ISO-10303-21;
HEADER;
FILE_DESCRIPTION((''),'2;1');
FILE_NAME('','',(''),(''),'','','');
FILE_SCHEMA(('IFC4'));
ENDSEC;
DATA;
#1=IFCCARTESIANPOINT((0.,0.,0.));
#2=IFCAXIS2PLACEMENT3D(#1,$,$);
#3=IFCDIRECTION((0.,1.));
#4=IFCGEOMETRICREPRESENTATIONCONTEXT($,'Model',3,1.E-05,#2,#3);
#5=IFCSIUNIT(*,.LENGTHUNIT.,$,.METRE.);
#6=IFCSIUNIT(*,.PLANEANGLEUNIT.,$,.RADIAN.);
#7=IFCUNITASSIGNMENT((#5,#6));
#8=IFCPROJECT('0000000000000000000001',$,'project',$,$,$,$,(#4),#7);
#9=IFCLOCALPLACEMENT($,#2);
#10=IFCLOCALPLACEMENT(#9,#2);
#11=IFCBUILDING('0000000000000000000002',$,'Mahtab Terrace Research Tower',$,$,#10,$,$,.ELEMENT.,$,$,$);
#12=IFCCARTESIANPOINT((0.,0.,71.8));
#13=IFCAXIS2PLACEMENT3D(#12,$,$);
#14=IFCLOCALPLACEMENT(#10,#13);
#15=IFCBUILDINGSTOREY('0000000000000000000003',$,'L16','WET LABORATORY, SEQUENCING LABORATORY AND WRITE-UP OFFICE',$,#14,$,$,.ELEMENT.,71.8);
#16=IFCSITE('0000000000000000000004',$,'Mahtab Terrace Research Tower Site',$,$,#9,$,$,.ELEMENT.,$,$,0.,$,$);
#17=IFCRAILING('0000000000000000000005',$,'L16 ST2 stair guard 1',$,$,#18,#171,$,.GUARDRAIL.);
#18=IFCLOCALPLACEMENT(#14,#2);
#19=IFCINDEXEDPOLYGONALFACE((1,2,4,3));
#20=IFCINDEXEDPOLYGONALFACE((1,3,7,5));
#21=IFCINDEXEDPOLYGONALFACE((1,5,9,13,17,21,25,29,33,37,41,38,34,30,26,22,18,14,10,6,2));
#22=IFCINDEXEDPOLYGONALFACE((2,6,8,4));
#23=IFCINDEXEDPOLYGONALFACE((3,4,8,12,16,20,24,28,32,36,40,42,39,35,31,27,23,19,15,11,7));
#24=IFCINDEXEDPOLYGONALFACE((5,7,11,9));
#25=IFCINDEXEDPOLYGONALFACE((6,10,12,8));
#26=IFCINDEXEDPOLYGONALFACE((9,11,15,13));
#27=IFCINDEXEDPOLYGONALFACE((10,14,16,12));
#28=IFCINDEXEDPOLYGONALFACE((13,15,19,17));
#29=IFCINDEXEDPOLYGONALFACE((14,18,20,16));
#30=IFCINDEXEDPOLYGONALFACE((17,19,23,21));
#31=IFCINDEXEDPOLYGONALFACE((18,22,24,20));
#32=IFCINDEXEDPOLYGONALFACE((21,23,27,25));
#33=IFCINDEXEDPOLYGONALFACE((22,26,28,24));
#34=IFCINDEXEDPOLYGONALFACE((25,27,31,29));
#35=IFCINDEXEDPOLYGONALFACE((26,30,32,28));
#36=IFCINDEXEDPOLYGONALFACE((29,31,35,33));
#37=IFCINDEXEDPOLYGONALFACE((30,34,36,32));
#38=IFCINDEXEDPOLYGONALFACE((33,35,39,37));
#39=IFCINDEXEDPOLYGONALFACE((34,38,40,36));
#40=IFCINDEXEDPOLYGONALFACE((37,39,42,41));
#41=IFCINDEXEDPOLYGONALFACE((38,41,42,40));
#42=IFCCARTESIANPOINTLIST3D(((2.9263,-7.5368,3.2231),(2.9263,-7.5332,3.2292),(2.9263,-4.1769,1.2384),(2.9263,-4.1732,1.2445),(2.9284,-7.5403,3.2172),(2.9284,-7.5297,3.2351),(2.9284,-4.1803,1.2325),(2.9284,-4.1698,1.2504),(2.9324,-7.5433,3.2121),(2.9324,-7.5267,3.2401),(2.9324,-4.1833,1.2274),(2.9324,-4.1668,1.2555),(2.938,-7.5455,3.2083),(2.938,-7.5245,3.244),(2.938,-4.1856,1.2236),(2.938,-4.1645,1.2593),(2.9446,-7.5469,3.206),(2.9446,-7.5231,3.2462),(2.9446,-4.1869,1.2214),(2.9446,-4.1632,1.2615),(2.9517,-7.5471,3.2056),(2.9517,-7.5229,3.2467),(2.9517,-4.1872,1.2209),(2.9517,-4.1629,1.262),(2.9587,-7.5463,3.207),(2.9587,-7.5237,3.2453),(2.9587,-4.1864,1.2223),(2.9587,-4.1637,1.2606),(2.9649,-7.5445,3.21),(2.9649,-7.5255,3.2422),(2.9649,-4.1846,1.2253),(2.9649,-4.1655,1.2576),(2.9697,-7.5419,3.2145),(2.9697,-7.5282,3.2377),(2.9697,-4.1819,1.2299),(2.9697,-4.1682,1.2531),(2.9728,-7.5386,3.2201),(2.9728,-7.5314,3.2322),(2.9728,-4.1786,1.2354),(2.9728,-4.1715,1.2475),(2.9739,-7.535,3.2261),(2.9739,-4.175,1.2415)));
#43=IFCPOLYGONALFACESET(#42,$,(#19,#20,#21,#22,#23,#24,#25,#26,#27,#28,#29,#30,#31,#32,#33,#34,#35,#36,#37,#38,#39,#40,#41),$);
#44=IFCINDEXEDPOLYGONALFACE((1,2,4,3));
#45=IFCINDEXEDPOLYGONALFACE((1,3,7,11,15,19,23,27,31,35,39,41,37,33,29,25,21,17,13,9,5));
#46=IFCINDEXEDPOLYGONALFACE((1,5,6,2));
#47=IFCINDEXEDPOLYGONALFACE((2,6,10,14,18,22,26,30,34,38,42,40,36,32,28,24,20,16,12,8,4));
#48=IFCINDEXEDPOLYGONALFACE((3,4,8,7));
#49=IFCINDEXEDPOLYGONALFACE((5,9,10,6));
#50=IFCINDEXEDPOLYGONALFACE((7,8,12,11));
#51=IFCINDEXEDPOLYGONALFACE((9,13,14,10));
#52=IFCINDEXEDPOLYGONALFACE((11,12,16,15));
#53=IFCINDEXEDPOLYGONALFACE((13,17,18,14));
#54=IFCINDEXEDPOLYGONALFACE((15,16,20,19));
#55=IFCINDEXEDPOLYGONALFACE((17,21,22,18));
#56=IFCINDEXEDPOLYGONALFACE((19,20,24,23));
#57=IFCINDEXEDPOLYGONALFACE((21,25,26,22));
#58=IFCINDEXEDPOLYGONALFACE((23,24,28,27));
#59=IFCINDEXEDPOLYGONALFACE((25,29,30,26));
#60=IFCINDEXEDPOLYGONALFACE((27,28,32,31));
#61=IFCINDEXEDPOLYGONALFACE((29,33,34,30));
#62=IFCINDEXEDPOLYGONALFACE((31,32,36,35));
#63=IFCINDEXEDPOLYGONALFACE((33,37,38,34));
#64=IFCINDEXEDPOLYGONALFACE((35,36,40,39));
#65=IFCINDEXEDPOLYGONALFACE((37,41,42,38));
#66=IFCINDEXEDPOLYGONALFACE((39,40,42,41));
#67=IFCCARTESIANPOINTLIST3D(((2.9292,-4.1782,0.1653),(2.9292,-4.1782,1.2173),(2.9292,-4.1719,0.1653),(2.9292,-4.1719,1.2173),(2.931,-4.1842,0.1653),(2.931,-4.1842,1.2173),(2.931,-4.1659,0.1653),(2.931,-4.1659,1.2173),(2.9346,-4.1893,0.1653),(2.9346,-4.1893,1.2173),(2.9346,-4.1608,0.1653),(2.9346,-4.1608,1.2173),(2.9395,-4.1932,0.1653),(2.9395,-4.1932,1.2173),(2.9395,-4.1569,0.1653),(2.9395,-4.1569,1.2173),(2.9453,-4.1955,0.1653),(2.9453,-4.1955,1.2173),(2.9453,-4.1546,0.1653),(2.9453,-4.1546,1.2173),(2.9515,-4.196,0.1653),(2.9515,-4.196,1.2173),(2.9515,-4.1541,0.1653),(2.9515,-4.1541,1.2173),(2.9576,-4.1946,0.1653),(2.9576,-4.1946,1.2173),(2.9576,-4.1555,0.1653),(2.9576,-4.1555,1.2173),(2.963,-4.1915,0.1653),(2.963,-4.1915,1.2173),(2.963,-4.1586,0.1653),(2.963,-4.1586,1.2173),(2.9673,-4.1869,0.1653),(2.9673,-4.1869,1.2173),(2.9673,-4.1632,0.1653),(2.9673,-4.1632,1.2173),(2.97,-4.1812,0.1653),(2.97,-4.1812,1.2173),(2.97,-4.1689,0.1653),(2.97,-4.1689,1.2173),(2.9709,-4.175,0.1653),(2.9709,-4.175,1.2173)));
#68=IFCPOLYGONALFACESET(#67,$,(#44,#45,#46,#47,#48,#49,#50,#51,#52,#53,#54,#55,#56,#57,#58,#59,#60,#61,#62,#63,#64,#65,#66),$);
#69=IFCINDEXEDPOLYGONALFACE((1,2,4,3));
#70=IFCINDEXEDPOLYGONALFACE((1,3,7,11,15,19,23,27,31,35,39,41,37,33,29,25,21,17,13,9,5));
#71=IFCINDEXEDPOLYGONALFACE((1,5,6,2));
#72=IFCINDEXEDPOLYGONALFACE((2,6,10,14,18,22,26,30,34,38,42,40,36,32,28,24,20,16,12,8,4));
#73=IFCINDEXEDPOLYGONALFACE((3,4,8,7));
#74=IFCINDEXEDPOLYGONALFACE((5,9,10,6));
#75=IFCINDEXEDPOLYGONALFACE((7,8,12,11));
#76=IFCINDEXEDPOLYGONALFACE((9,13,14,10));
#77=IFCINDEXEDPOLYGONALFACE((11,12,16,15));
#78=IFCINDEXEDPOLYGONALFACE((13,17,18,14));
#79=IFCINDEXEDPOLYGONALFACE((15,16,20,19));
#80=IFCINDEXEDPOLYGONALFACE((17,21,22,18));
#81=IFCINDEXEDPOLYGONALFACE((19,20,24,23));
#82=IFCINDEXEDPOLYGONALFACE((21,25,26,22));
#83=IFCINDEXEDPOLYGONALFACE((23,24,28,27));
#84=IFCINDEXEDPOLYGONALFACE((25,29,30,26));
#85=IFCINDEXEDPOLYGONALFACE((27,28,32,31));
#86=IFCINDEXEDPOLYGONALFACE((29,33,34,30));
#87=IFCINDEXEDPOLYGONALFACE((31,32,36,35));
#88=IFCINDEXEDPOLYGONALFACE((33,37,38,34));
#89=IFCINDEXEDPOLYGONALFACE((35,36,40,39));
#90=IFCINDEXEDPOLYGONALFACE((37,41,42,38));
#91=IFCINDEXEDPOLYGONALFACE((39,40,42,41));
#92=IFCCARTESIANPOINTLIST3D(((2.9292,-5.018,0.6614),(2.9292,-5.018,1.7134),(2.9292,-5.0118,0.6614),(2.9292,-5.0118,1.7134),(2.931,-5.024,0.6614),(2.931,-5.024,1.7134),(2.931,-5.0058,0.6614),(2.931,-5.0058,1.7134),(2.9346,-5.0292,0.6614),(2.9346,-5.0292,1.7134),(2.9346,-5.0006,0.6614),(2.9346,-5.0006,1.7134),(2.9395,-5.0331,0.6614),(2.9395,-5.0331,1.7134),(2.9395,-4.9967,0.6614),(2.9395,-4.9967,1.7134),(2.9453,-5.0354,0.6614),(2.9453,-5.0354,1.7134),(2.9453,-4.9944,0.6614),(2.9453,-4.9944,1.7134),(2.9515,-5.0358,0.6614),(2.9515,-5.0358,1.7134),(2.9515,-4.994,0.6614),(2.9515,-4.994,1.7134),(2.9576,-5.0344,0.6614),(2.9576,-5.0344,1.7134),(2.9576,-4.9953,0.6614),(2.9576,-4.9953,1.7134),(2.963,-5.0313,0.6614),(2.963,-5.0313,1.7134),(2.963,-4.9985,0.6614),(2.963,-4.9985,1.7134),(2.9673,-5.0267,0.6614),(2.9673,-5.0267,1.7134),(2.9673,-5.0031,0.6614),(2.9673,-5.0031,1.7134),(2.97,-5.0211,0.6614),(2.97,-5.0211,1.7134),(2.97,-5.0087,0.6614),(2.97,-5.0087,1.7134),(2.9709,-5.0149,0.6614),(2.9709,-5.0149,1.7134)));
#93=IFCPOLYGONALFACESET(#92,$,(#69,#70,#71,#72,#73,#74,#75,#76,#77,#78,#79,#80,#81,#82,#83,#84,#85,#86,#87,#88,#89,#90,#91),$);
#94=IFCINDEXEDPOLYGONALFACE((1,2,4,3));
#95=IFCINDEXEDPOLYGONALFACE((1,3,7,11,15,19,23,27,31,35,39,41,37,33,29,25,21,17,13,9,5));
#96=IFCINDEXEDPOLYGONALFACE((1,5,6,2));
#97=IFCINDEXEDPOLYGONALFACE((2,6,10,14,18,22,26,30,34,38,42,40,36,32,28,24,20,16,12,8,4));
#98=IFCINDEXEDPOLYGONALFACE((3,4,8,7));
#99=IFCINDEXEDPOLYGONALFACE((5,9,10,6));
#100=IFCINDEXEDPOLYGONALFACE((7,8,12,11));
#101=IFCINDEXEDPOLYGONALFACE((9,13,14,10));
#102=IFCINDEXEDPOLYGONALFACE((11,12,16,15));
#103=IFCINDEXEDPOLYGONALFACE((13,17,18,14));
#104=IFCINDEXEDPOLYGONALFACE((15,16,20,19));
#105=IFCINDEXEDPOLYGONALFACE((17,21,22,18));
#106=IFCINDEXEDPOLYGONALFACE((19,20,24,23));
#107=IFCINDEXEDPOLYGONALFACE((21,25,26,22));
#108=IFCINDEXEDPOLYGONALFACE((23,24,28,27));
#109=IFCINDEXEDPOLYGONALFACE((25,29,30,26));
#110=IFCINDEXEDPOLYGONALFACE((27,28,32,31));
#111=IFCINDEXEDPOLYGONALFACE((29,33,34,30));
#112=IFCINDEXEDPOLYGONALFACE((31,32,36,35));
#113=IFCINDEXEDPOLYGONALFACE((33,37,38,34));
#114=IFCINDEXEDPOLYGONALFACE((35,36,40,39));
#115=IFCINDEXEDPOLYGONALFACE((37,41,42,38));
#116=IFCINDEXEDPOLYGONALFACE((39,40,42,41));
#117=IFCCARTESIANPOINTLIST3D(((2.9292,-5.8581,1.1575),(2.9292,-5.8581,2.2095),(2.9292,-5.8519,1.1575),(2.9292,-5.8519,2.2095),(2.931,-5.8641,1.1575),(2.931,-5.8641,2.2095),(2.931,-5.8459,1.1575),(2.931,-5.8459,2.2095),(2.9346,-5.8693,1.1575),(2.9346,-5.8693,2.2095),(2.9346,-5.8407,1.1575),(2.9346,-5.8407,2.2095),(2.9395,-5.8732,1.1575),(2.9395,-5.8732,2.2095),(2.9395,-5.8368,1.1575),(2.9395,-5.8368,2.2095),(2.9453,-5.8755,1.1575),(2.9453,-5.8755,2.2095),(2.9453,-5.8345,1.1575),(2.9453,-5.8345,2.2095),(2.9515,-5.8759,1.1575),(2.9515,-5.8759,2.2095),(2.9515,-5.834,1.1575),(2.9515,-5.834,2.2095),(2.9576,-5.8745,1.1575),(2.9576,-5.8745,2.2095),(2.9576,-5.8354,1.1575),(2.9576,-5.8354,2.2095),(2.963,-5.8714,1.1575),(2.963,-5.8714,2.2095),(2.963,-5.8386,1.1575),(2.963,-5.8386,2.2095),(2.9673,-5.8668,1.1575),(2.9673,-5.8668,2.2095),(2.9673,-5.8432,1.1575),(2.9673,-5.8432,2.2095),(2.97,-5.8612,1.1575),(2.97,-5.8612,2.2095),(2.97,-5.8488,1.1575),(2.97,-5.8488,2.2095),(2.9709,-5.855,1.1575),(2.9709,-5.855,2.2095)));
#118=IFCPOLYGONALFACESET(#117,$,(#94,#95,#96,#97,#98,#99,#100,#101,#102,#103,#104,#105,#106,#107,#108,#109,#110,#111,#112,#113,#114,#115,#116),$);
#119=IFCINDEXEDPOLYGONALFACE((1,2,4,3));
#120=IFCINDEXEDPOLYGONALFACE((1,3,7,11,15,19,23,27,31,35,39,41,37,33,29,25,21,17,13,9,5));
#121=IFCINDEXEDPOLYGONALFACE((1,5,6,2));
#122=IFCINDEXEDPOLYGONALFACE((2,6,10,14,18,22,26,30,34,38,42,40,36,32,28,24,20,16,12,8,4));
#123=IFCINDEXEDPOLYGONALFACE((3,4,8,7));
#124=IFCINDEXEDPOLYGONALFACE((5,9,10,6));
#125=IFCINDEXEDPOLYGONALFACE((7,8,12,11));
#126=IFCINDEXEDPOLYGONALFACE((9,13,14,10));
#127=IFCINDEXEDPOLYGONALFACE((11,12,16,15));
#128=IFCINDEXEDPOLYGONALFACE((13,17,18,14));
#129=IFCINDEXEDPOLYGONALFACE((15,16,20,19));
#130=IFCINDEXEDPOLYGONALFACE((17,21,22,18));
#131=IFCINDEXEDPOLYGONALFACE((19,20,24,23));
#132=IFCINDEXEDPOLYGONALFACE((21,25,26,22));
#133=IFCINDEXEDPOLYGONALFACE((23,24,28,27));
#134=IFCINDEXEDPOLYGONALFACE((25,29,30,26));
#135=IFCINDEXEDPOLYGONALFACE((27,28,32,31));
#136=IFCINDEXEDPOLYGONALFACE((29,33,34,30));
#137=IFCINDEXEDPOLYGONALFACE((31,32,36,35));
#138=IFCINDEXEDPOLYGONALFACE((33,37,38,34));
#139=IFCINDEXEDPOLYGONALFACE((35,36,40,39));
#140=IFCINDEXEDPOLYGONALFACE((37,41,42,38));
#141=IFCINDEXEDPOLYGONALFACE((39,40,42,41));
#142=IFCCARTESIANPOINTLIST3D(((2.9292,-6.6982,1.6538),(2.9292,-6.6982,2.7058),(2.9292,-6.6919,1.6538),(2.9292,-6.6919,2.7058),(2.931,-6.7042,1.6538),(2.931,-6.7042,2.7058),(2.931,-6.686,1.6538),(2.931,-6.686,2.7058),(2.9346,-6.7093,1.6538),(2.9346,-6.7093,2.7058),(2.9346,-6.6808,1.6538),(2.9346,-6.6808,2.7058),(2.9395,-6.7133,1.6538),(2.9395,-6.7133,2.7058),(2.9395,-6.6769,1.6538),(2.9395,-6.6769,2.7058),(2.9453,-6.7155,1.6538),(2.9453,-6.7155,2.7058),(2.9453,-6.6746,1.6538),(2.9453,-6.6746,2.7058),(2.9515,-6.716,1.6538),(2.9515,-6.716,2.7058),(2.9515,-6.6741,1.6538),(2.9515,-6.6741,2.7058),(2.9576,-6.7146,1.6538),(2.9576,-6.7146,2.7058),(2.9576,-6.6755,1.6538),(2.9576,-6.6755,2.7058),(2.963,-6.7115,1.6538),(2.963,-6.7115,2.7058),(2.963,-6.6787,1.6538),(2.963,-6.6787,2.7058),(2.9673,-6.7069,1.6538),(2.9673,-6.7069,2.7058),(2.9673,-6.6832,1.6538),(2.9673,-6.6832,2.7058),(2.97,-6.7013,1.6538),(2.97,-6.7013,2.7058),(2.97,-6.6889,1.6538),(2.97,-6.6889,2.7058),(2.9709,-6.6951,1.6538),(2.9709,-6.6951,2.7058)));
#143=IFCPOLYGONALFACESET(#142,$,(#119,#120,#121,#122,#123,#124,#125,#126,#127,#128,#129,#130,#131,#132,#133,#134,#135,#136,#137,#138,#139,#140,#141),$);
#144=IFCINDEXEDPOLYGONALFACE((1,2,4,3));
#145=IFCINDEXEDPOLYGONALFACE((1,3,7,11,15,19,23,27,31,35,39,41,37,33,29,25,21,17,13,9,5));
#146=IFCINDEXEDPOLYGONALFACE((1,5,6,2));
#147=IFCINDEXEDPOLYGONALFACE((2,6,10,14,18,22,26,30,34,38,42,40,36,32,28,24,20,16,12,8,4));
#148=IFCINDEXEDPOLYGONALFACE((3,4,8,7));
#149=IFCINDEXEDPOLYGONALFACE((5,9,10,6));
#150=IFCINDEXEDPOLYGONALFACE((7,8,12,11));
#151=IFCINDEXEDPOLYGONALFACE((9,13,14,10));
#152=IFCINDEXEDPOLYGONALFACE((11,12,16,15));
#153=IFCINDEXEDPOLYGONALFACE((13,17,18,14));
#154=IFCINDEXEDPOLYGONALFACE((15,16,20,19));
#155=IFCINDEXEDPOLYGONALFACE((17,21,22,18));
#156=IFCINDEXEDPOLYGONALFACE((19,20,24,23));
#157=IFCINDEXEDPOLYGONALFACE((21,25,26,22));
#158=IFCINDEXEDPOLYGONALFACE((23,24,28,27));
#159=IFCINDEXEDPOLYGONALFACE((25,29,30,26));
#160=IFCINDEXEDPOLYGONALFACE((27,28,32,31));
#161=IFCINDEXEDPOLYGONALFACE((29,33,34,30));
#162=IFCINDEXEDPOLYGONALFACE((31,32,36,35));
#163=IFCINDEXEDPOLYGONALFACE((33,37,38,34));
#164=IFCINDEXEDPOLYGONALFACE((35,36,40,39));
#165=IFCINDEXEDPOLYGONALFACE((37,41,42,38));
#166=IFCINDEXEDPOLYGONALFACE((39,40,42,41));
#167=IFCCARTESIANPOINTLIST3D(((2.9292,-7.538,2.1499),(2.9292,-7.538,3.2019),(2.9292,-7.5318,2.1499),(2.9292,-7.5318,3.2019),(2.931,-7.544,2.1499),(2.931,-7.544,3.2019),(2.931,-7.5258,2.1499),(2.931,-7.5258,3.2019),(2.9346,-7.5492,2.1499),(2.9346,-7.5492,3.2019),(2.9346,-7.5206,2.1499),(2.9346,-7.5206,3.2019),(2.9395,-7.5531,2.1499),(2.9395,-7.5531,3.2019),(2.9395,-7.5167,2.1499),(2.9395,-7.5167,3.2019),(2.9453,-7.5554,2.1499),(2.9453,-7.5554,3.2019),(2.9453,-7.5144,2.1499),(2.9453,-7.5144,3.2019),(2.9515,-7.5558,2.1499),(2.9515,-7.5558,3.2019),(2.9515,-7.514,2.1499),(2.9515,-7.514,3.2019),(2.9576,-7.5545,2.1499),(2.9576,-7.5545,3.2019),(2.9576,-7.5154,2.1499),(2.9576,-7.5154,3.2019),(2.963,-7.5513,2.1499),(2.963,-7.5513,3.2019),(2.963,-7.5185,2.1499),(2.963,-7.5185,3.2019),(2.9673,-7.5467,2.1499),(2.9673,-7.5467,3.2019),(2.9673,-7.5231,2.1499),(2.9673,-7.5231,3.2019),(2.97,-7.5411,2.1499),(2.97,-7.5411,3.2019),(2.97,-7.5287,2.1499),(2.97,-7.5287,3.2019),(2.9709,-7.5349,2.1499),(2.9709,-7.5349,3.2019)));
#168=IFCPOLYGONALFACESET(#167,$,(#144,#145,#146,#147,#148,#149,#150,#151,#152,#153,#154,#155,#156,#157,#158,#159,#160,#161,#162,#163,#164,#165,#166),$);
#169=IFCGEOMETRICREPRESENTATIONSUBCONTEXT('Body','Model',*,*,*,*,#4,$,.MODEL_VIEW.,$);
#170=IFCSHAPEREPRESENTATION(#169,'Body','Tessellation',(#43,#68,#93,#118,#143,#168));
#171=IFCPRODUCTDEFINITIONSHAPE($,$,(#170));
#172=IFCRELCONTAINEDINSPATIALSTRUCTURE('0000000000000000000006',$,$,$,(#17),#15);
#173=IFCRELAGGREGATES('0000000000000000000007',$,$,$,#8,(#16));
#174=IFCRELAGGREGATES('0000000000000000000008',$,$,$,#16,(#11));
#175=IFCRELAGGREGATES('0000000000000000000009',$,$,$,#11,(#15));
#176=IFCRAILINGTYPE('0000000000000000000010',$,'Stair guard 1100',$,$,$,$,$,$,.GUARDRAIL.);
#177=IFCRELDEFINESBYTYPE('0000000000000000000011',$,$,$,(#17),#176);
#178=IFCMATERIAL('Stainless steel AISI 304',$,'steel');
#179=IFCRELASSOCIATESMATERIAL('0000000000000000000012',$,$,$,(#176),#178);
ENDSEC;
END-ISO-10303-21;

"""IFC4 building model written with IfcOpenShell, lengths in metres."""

from ifc_helpers import new_model, si_unit, direction, frame, origin, origin_2d, place, context, subcontext, project, spatial, circle, extrude, material, type_object, element, save


model = new_model("IFC4")

# Units and contexts
model_context = context("Model", 3, precision=1e-05, world=origin(), true_north=direction((0.0, 1.0)))
body_context = subcontext(model_context, "Body", "Model", "MODEL_VIEW")
ifc_project = project(units=[si_unit("LENGTHUNIT", "METRE"), si_unit("PLANEANGLEUNIT", "RADIAN")], contexts=[model_context])

# Site, building, storey
site_placement = place(None, origin())
site = spatial("IfcSite", under=ifc_project, at=site_placement, Name="Mahtab Terrace Research Tower Site", CompositionType="ELEMENT", RefElevation=0.0)
building_placement = place(site_placement, origin())
building = spatial("IfcBuilding", under=site, at=building_placement, Name="Mahtab Terrace Research Tower", CompositionType="ELEMENT")
storey_placement = place(building_placement, frame((0.0, 0.0, 71.8)))
storey = spatial("IfcBuildingStorey", under=building, at=storey_placement, Name="L16", Description="WET LABORATORY, SEQUENCING LABORATORY AND WRITE-UP OFFICE", CompositionType="ELEMENT", Elevation=71.8)

# Railing
ifc_material_1 = material(Name="Stainless steel AISI 304", Category="steel")
railing_type_1 = type_object("IfcRailingType", Name="Stair guard 1100", PredefinedType="GUARDRAIL", material=ifc_material_1)
railing_1_placement = place(storey_placement, frame((2.95, -4.175, 0.1653)))
element("IfcRailing", 1, at=railing_1_placement, inside=storey, type_object=railing_type_1, Name="L16 ST2 stair guard 1", PredefinedType="GUARDRAIL", context=body_context, shape_type="SweptSolid", body=[
    extrude(circle(Radius=0.0239, at=origin_2d()), frame((0.0, 0.0, 1.0762), z_axis=(0.0, -0.861011, 0.508586), x_axis=(1.0, 0.0, 0.0)), (0.0, 0.0, 1.0), 3.9023),
    extrude(circle(Radius=0.021, at=origin_2d()), origin(), (0.0, 0.0, 1.0), 1.052),
    extrude(circle(Radius=0.021, at=origin_2d()), frame((0.0, -0.8398, 0.4961)), (0.0, 0.0, 1.0), 1.052),
    extrude(circle(Radius=0.021, at=origin_2d()), frame((0.0, -1.6799, 0.9922)), (0.0, 0.0, 1.0), 1.052),
    extrude(circle(Radius=0.021, at=origin_2d()), frame((0.0, -2.52, 1.4885)), (0.0, 0.0, 1.0), 1.052),
    extrude(circle(Radius=0.021, at=origin_2d()), frame((0.0, -3.3599, 1.9846)), (0.0, 0.0, 1.0), 1.052),
])

save(model, "model.ifc")
